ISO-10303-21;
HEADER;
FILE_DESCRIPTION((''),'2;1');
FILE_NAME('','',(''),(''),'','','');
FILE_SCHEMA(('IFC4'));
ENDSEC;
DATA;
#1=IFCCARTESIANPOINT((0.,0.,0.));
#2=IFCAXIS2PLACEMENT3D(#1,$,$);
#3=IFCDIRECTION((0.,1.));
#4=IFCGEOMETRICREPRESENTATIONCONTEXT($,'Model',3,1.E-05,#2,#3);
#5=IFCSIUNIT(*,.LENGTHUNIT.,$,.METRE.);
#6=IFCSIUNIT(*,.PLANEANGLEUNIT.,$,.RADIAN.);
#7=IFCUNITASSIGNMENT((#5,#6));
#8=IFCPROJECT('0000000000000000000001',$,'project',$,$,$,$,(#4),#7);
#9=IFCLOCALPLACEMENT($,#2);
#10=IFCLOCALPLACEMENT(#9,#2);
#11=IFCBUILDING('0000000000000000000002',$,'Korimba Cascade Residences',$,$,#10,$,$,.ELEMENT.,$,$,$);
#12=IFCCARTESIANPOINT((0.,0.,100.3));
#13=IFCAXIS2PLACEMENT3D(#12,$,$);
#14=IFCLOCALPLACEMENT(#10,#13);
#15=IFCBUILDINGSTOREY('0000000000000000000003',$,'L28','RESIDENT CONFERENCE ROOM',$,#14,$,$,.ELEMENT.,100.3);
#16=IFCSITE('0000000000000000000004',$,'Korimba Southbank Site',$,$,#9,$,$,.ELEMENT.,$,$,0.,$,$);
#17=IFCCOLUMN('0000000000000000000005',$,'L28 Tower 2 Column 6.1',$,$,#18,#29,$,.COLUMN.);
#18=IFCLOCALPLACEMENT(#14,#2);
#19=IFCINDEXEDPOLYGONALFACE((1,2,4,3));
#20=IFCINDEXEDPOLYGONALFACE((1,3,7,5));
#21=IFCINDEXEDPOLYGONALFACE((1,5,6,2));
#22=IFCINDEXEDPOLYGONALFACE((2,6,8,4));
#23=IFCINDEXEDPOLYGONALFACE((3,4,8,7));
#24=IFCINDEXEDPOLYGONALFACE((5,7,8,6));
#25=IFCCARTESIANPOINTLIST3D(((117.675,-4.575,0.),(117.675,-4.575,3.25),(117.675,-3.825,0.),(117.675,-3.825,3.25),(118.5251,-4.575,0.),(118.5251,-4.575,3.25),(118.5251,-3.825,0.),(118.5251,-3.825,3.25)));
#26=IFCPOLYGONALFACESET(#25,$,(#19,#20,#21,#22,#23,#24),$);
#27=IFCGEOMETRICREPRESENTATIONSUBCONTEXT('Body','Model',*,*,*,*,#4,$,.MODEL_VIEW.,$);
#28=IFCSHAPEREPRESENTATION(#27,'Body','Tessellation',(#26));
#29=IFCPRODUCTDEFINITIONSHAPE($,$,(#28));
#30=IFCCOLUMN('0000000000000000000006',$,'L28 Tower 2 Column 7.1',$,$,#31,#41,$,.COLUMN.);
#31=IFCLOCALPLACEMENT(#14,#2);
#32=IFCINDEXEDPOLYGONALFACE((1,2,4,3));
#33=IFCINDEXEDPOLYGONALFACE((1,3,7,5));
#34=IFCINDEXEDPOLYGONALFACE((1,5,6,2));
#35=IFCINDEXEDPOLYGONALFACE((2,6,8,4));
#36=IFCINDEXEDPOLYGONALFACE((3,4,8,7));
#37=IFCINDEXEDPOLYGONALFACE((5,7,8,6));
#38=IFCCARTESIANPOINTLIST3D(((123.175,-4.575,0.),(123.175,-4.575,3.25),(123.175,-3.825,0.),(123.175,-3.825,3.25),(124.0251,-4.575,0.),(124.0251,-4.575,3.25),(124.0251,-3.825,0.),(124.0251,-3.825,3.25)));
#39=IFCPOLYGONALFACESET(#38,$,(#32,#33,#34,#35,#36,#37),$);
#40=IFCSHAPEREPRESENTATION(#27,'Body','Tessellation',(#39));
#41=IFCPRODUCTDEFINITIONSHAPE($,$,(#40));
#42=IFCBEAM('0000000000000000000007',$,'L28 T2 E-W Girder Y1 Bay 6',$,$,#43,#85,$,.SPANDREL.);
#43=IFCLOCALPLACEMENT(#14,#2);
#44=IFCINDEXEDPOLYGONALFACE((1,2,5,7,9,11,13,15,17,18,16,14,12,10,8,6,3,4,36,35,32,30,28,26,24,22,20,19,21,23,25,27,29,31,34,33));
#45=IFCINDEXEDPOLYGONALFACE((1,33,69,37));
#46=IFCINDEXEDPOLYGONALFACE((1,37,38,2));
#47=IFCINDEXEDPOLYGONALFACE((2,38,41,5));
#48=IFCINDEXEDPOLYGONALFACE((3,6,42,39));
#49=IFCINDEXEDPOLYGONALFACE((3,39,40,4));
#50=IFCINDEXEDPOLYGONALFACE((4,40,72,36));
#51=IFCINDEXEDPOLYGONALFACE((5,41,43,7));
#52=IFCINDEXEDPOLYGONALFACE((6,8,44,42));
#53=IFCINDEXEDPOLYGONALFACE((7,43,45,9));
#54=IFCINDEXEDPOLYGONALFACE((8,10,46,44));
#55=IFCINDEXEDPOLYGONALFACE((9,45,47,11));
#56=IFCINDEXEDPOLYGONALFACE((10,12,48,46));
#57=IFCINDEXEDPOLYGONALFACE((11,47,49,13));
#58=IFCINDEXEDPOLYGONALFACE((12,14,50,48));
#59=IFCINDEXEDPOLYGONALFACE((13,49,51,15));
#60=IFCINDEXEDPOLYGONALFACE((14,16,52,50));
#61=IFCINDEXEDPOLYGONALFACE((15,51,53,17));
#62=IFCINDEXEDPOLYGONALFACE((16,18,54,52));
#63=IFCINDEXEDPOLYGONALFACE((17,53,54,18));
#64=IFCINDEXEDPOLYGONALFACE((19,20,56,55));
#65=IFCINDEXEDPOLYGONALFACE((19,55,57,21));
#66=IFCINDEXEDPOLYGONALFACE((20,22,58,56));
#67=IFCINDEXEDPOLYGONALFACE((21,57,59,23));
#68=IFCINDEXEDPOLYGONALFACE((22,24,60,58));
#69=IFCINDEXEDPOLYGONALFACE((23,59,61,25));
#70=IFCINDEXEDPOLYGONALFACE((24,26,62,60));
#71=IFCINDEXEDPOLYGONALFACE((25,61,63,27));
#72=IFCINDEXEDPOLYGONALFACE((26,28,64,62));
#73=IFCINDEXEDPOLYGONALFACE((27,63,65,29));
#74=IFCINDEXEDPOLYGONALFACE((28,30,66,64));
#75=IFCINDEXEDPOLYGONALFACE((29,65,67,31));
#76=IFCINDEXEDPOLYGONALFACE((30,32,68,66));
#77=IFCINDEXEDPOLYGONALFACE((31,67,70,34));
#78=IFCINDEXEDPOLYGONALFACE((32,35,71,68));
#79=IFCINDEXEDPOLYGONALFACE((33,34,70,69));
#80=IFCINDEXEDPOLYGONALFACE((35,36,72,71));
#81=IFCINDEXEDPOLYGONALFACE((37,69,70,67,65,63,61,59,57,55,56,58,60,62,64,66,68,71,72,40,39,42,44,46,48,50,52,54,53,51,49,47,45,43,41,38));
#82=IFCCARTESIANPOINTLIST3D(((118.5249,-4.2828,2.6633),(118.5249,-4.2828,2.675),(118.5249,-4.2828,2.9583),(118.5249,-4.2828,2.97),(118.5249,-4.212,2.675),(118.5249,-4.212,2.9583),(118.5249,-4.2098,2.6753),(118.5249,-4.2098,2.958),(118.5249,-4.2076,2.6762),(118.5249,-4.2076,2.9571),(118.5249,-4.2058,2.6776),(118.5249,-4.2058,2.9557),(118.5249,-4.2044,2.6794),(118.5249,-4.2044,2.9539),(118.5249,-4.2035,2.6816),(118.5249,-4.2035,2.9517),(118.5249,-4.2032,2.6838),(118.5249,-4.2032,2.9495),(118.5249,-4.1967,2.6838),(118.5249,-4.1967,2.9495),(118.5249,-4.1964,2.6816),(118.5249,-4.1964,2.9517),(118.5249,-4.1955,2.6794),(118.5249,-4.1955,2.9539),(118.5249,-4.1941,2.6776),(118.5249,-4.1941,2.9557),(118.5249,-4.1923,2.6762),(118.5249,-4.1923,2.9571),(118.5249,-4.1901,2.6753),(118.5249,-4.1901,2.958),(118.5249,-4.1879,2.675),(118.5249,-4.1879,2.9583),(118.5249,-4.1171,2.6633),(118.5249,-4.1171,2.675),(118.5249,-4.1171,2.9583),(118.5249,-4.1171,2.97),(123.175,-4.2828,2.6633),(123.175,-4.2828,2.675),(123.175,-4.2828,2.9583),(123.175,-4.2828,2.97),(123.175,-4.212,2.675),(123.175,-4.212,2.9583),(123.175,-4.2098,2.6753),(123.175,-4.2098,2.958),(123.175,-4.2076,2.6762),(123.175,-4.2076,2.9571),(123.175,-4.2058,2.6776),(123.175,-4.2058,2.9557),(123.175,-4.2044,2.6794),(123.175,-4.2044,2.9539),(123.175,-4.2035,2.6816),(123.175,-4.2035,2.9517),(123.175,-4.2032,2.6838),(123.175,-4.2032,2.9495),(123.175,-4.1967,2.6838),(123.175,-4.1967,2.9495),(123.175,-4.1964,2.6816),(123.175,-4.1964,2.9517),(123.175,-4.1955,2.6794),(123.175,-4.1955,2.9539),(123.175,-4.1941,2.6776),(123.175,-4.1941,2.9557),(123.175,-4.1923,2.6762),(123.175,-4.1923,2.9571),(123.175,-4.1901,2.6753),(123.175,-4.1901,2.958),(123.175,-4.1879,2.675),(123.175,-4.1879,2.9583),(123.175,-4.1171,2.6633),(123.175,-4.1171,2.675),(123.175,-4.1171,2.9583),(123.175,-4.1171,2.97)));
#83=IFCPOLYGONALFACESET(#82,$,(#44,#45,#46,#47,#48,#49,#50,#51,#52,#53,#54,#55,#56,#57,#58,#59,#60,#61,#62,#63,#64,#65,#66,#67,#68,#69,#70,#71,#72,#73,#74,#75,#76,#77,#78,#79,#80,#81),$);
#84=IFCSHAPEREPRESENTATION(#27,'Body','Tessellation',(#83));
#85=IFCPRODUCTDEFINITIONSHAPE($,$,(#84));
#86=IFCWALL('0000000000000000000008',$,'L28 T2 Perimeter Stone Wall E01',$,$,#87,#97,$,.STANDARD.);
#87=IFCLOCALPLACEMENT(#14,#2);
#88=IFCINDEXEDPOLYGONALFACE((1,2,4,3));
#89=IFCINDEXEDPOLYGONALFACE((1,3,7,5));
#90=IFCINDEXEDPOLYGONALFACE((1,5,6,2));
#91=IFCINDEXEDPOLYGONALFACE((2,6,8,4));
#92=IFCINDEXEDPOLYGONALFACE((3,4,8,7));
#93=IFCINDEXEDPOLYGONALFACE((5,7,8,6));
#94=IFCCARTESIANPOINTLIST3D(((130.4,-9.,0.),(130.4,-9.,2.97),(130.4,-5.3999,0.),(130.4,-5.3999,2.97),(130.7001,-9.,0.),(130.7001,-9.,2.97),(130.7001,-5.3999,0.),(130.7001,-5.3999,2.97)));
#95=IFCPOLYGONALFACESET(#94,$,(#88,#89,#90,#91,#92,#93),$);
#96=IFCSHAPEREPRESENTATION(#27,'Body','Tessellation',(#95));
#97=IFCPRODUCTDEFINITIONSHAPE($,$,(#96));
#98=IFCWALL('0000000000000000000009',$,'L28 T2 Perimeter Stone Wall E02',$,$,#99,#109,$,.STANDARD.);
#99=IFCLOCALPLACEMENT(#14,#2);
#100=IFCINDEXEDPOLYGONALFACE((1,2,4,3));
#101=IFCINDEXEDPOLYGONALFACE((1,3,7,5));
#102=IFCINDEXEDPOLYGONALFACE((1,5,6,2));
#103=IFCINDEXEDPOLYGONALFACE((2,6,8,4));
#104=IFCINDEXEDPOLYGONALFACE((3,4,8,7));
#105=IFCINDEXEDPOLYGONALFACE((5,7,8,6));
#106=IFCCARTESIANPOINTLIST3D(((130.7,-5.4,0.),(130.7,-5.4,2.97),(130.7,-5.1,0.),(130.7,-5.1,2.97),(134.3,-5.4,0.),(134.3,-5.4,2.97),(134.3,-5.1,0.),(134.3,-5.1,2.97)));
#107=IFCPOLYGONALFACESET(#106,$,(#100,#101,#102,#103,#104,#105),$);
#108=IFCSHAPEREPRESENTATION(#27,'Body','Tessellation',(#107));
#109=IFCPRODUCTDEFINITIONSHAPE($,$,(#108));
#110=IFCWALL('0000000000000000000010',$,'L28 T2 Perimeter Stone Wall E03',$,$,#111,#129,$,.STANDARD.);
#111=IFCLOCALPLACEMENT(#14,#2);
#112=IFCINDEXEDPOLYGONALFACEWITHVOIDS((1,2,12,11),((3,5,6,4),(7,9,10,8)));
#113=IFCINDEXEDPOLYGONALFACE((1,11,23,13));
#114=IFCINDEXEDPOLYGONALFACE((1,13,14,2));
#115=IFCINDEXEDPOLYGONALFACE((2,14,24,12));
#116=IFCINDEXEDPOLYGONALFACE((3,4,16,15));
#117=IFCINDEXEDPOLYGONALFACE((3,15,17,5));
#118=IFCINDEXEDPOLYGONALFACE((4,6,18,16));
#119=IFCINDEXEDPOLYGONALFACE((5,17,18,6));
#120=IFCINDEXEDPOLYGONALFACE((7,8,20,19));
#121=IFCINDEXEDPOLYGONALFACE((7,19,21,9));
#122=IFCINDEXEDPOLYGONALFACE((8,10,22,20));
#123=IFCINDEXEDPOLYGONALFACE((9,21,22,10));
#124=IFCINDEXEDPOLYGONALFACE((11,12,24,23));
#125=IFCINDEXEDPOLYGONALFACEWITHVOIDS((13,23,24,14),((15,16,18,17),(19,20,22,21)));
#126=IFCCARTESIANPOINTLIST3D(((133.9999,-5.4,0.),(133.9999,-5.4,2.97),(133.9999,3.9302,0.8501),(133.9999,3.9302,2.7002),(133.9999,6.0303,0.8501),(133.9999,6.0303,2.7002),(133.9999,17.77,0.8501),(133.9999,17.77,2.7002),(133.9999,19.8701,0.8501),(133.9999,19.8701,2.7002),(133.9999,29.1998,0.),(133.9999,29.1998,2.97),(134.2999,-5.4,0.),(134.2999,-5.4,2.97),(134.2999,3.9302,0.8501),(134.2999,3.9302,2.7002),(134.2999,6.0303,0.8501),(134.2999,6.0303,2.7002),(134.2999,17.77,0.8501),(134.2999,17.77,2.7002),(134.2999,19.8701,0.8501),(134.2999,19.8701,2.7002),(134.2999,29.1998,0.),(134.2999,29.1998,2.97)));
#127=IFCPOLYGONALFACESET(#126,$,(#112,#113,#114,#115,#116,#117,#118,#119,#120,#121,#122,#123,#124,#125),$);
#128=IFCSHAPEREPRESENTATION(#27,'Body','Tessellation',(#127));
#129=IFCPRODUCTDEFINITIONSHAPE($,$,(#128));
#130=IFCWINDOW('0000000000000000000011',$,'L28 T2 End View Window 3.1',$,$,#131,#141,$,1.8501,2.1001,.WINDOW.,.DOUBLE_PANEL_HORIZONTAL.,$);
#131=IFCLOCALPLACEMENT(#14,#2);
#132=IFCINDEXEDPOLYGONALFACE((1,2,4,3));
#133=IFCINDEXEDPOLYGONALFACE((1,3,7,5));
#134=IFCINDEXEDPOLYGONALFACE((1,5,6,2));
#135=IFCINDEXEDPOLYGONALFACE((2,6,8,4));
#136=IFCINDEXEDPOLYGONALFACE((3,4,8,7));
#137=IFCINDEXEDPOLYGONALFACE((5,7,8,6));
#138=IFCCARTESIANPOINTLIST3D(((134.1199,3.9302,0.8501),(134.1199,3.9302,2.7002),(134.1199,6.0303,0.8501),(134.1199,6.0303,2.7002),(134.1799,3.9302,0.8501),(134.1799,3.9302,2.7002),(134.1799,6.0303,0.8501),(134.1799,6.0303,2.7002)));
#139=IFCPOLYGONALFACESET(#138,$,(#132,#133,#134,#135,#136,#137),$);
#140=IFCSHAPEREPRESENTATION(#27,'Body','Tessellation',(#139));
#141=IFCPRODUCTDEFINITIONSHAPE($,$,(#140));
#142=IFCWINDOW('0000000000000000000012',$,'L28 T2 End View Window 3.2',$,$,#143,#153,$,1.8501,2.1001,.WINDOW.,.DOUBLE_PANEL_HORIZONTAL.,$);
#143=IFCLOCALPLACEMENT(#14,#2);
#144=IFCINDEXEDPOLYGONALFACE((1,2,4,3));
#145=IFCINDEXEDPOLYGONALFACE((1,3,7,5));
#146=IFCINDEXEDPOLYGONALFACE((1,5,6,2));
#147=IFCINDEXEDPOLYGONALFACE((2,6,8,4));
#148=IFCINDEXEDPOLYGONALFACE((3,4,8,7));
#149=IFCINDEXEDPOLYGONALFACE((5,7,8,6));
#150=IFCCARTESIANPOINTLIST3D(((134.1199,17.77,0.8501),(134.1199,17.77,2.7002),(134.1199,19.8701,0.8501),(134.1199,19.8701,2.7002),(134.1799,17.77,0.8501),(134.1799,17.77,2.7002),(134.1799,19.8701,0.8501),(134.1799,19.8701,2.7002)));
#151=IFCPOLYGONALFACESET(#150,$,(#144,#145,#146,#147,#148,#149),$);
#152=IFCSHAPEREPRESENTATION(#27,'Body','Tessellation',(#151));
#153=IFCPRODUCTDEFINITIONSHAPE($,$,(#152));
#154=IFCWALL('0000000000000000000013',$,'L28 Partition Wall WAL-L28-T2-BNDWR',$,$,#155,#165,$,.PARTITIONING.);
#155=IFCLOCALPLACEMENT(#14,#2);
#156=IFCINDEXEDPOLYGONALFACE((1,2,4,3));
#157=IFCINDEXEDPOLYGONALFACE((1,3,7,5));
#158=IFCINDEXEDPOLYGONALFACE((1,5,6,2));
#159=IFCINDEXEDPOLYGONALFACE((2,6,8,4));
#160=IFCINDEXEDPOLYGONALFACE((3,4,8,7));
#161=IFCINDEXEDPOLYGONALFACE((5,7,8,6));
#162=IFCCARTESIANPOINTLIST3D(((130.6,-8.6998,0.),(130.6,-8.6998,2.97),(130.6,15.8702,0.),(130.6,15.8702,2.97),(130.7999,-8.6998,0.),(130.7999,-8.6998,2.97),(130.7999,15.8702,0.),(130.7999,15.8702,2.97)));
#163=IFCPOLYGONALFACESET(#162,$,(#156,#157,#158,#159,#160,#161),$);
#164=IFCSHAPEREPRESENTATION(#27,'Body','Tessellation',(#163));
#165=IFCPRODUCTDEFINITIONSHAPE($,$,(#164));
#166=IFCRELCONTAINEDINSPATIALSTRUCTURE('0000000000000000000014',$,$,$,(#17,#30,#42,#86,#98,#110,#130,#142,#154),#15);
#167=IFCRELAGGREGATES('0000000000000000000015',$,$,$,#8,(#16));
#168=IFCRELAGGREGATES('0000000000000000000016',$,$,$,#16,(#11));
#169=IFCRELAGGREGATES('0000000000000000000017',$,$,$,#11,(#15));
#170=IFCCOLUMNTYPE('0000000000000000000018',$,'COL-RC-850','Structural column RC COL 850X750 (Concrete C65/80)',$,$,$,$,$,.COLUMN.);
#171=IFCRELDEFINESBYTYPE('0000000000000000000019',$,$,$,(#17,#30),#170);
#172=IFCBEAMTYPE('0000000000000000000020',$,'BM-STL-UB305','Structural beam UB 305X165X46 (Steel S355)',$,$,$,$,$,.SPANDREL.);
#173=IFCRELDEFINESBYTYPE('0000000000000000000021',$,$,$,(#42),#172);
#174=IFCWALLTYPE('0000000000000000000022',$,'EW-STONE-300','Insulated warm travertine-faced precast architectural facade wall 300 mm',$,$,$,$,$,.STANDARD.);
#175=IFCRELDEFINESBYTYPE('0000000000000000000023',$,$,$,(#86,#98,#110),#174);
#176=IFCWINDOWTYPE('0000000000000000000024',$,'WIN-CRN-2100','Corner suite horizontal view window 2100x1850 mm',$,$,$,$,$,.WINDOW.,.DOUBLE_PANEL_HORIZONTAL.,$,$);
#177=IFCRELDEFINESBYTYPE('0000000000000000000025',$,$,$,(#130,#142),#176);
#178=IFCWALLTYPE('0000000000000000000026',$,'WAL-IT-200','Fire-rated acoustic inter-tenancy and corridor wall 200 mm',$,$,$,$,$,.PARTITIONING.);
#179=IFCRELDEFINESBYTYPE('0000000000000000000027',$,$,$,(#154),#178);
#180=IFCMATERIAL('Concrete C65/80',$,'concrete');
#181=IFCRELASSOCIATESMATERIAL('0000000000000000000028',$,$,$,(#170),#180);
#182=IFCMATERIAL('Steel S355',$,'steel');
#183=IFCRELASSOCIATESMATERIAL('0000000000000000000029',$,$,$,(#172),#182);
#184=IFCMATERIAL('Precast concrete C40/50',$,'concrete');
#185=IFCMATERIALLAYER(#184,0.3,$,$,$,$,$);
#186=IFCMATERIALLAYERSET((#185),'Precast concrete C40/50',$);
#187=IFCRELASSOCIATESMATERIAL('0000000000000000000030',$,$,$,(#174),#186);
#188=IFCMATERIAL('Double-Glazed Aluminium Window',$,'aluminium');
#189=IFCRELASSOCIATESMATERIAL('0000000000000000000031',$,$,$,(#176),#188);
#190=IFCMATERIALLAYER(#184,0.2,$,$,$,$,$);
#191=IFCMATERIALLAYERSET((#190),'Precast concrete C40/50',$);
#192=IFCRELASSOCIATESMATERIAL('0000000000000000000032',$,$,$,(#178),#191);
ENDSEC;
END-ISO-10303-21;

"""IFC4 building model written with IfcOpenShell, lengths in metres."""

from ifc_helpers import new_model, si_unit, direction, frame, frame_2d, origin, origin_2d, place, context, subcontext, project, spatial, rectangle, i_section, extrude, material, layer, layer_set, material_profile, profile_set, type_object, element, fill, save


model = new_model("IFC4")

# Units and contexts
model_context = context("Model", 3, precision=1e-05, world=origin(), true_north=direction((0.0, 1.0)))
body_context = subcontext(model_context, "Body", "Model", "MODEL_VIEW")
ifc_project = project(units=[si_unit("LENGTHUNIT", "METRE"), si_unit("PLANEANGLEUNIT", "RADIAN")], contexts=[model_context])

# Site, building, storey
site_placement = place(None, origin())
site = spatial("IfcSite", under=ifc_project, at=site_placement, Name="Korimba Southbank Site", CompositionType="ELEMENT", RefElevation=0.0)
building_placement = place(site_placement, origin())
building = spatial("IfcBuilding", under=site, at=building_placement, Name="Korimba Cascade Residences", CompositionType="ELEMENT")
storey_placement = place(building_placement, frame((0.0, 0.0, 100.3)))
storey = spatial("IfcBuildingStorey", under=building, at=storey_placement, Name="L28", Description="RESIDENT CONFERENCE ROOM", CompositionType="ELEMENT", Elevation=100.3)

# Columns
ifc_material_1 = material(Name="Concrete C65/80", Category="concrete")
ifc_material_profile_1 = material_profile(ifc_material_1, rectangle(XDim=0.8501, YDim=0.75, at=origin_2d()), Name="Concrete C65/80")
ifc_profile_set_1 = profile_set([ifc_material_profile_1], Name="Concrete C65/80")
column_type = type_object("IfcColumnType", Name="COL-RC-850", Description="Structural column RC COL 850X750 (Concrete C65/80)", PredefinedType="COLUMN", material=ifc_profile_set_1)
for number, where, z_axis, x_axis, name in (
    (1, (118.1001, -4.2, 0.0), (0.0, 0.0, 1.0), (1.0, 0.0, 0.0), "L28 Tower 2 Column 6.1"),
    (2, (123.6001, -4.2, 0.0), (0.0, 0.0, 1.0), (1.0, 0.0, 0.0), "L28 Tower 2 Column 7.1"),
):
    element("IfcColumn", number, at=place(storey_placement, frame(where, z_axis=z_axis, x_axis=x_axis)), inside=storey, type_object=column_type, Name=name, PredefinedType="COLUMN", context=body_context, shape_type="SweptSolid", body=[
        extrude(rectangle(XDim=0.8501, YDim=0.75, at=origin_2d()), origin(), (0.0, 0.0, 1.0), 3.25),
    ])

# Beam
ifc_material_2 = material(Name="Steel S355", Category="steel")
ifc_material_profile_2 = material_profile(ifc_material_2, i_section(OverallWidth=0.1658, OverallDepth=0.3066, WebThickness=0.0066, FlangeThickness=0.0117, FilletRadius=0.0088, at=origin_2d()), Name="Steel S355")
ifc_profile_set_2 = profile_set([ifc_material_profile_2], Name="Steel S355")
beam_type = type_object("IfcBeamType", Name="BM-STL-UB305", Description="Structural beam UB 305X165X46 (Steel S355)", PredefinedType="SPANDREL", material=ifc_profile_set_2)
beam_placement = place(storey_placement, frame((118.5249, -4.2, 2.8167), z_axis=(1.0, 0.0, 0.0), x_axis=(0.0, 1.0, 0.0)))
element("IfcBeam", 3, at=beam_placement, inside=storey, type_object=beam_type, Name="L28 T2 E-W Girder Y1 Bay 6", PredefinedType="SPANDREL", context=body_context, shape_type="SweptSolid", body=[
    extrude(i_section(OverallWidth=0.1658, OverallDepth=0.3066, WebThickness=0.0066, FlangeThickness=0.0117, FilletRadius=0.0088, at=origin_2d()), origin(), (0.0, 0.0, 1.0), 4.6501),
])

# Walls
ifc_material_3 = material(Name="Precast concrete C40/50", Category="concrete")
ifc_layer_1 = layer(ifc_material_3, 0.3)
ifc_layer_set_1 = layer_set([ifc_layer_1], Name="Precast concrete C40/50")
wall_type_1 = type_object("IfcWallType", Name="EW-STONE-300", Description="Insulated warm travertine-faced precast architectural facade wall 300 mm", PredefinedType="STANDARD", material=ifc_layer_set_1)
for number, where, z_axis, x_axis, name in (
    (4, (130.55, -9.0, 0.0), (0.0, 0.0, 1.0), (0.0, 1.0, 0.0), "L28 T2 Perimeter Stone Wall E01"),
    (5, (130.7, -5.25, 0.0), (0.0, 0.0, 1.0), (1.0, 0.0, 0.0), "L28 T2 Perimeter Stone Wall E02"),
):
    element("IfcWall", number, at=place(storey_placement, frame(where, z_axis=z_axis, x_axis=x_axis)), inside=storey, type_object=wall_type_1, Name=name, PredefinedType="STANDARD", context=body_context, shape_type="SweptSolid", body=[
        extrude(rectangle(XDim=3.6001, YDim=0.3, at=frame_2d((1.8, 0.0))), origin(), (0.0, 0.0, 1.0), 2.97),
    ])

# Wall, openings, windows
wall_1_placement = place(storey_placement, frame((134.1499, -5.3999, 0.0), z_axis=(0.0, 0.0, 1.0), x_axis=(0.0, 1.0, 0.0)))
wall_1 = element("IfcWall", 6, at=wall_1_placement, inside=storey, type_object=wall_type_1, Name="L28 T2 Perimeter Stone Wall E03", PredefinedType="STANDARD", context=body_context, shape_type="SweptSolid", body=[
    extrude(rectangle(XDim=34.5999, YDim=0.3, at=frame_2d((17.2998, 0.0))), origin(), (0.0, 0.0, 1.0), 2.97),
])
opening_1_placement = place(wall_1_placement, frame((9.3301, 0.0, 0.8501)))
opening_1 = element("IfcOpeningElement", 7, at=opening_1_placement, cuts=wall_1, PredefinedType="OPENING", context=body_context, shape_type="SweptSolid", body=[
    extrude(rectangle(XDim=2.1001, YDim=1.8501, at=frame_2d((1.05, 0.925))), frame((0.0, 0.1602, 0.0), z_axis=(0.0, -1.0, 0.0), x_axis=(1.0, 0.0, 0.0)), (0.0, 0.0, 1.0), 0.3201),
])
opening_2_placement = place(wall_1_placement, frame((23.1699, 0.0, 0.8501)))
opening_2 = element("IfcOpeningElement", 8, at=opening_2_placement, cuts=wall_1, PredefinedType="OPENING", context=body_context, shape_type="SweptSolid", body=[
    extrude(rectangle(XDim=2.1001, YDim=1.8501, at=frame_2d((1.05, 0.925))), frame((0.0, 0.1602, 0.0), z_axis=(0.0, -1.0, 0.0), x_axis=(1.0, 0.0, 0.0)), (0.0, 0.0, 1.0), 0.3201),
])
ifc_material_4 = material(Name="Double-Glazed Aluminium Window", Category="aluminium")
window_type = type_object("IfcWindowType", Name="WIN-CRN-2100", Description="Corner suite horizontal view window 2100x1850 mm", PartitioningType="DOUBLE_PANEL_HORIZONTAL", PredefinedType="WINDOW", material=ifc_material_4)
window_1_placement = place(opening_1_placement, origin())
window_1 = element("IfcWindow", 9, at=window_1_placement, inside=storey, type_object=window_type, Name="L28 T2 End View Window 3.1", OverallHeight=1.8501, OverallWidth=2.1001, PartitioningType="DOUBLE_PANEL_HORIZONTAL", PredefinedType="WINDOW", context=body_context, shape_type="SweptSolid", body=[
    extrude(rectangle(XDim=2.1001, YDim=1.8501, at=frame_2d((1.05, 0.925))), frame((0.0, 0.03, 0.0), z_axis=(0.0, -1.0, 0.0), x_axis=(1.0, 0.0, 0.0)), (0.0, 0.0, 1.0), 0.0601),
])
fill(opening_1, window_1)
window_2_placement = place(opening_2_placement, origin())
window_2 = element("IfcWindow", 10, at=window_2_placement, inside=storey, type_object=window_type, Name="L28 T2 End View Window 3.2", OverallHeight=1.8501, OverallWidth=2.1001, PartitioningType="DOUBLE_PANEL_HORIZONTAL", PredefinedType="WINDOW", context=body_context, shape_type="SweptSolid", body=[
    extrude(rectangle(XDim=2.1001, YDim=1.8501, at=frame_2d((1.05, 0.925))), frame((0.0, 0.03, 0.0), z_axis=(0.0, -1.0, 0.0), x_axis=(1.0, 0.0, 0.0)), (0.0, 0.0, 1.0), 0.0601),
])
fill(opening_2, window_2)

# Wall
ifc_layer_2 = layer(ifc_material_3, 0.2)
ifc_layer_set_2 = layer_set([ifc_layer_2], Name="Precast concrete C40/50")
wall_type_2 = type_object("IfcWallType", Name="WAL-IT-200", Description="Fire-rated acoustic inter-tenancy and corridor wall 200 mm", PredefinedType="PARTITIONING", material=ifc_layer_set_2)
wall_2_placement = place(storey_placement, frame((130.7, -8.7, 0.0), z_axis=(0.0, 0.0, 1.0), x_axis=(0.0, 1.0, 0.0)))
element("IfcWall", 11, at=wall_2_placement, inside=storey, type_object=wall_type_2, Name="L28 Partition Wall WAL-L28-T2-BNDWR", PredefinedType="PARTITIONING", context=body_context, shape_type="SweptSolid", body=[
    extrude(rectangle(XDim=24.5701, YDim=0.2, at=frame_2d((12.2852, 0.0))), origin(), (0.0, 0.0, 1.0), 2.97),
])

save(model, "model.ifc")
